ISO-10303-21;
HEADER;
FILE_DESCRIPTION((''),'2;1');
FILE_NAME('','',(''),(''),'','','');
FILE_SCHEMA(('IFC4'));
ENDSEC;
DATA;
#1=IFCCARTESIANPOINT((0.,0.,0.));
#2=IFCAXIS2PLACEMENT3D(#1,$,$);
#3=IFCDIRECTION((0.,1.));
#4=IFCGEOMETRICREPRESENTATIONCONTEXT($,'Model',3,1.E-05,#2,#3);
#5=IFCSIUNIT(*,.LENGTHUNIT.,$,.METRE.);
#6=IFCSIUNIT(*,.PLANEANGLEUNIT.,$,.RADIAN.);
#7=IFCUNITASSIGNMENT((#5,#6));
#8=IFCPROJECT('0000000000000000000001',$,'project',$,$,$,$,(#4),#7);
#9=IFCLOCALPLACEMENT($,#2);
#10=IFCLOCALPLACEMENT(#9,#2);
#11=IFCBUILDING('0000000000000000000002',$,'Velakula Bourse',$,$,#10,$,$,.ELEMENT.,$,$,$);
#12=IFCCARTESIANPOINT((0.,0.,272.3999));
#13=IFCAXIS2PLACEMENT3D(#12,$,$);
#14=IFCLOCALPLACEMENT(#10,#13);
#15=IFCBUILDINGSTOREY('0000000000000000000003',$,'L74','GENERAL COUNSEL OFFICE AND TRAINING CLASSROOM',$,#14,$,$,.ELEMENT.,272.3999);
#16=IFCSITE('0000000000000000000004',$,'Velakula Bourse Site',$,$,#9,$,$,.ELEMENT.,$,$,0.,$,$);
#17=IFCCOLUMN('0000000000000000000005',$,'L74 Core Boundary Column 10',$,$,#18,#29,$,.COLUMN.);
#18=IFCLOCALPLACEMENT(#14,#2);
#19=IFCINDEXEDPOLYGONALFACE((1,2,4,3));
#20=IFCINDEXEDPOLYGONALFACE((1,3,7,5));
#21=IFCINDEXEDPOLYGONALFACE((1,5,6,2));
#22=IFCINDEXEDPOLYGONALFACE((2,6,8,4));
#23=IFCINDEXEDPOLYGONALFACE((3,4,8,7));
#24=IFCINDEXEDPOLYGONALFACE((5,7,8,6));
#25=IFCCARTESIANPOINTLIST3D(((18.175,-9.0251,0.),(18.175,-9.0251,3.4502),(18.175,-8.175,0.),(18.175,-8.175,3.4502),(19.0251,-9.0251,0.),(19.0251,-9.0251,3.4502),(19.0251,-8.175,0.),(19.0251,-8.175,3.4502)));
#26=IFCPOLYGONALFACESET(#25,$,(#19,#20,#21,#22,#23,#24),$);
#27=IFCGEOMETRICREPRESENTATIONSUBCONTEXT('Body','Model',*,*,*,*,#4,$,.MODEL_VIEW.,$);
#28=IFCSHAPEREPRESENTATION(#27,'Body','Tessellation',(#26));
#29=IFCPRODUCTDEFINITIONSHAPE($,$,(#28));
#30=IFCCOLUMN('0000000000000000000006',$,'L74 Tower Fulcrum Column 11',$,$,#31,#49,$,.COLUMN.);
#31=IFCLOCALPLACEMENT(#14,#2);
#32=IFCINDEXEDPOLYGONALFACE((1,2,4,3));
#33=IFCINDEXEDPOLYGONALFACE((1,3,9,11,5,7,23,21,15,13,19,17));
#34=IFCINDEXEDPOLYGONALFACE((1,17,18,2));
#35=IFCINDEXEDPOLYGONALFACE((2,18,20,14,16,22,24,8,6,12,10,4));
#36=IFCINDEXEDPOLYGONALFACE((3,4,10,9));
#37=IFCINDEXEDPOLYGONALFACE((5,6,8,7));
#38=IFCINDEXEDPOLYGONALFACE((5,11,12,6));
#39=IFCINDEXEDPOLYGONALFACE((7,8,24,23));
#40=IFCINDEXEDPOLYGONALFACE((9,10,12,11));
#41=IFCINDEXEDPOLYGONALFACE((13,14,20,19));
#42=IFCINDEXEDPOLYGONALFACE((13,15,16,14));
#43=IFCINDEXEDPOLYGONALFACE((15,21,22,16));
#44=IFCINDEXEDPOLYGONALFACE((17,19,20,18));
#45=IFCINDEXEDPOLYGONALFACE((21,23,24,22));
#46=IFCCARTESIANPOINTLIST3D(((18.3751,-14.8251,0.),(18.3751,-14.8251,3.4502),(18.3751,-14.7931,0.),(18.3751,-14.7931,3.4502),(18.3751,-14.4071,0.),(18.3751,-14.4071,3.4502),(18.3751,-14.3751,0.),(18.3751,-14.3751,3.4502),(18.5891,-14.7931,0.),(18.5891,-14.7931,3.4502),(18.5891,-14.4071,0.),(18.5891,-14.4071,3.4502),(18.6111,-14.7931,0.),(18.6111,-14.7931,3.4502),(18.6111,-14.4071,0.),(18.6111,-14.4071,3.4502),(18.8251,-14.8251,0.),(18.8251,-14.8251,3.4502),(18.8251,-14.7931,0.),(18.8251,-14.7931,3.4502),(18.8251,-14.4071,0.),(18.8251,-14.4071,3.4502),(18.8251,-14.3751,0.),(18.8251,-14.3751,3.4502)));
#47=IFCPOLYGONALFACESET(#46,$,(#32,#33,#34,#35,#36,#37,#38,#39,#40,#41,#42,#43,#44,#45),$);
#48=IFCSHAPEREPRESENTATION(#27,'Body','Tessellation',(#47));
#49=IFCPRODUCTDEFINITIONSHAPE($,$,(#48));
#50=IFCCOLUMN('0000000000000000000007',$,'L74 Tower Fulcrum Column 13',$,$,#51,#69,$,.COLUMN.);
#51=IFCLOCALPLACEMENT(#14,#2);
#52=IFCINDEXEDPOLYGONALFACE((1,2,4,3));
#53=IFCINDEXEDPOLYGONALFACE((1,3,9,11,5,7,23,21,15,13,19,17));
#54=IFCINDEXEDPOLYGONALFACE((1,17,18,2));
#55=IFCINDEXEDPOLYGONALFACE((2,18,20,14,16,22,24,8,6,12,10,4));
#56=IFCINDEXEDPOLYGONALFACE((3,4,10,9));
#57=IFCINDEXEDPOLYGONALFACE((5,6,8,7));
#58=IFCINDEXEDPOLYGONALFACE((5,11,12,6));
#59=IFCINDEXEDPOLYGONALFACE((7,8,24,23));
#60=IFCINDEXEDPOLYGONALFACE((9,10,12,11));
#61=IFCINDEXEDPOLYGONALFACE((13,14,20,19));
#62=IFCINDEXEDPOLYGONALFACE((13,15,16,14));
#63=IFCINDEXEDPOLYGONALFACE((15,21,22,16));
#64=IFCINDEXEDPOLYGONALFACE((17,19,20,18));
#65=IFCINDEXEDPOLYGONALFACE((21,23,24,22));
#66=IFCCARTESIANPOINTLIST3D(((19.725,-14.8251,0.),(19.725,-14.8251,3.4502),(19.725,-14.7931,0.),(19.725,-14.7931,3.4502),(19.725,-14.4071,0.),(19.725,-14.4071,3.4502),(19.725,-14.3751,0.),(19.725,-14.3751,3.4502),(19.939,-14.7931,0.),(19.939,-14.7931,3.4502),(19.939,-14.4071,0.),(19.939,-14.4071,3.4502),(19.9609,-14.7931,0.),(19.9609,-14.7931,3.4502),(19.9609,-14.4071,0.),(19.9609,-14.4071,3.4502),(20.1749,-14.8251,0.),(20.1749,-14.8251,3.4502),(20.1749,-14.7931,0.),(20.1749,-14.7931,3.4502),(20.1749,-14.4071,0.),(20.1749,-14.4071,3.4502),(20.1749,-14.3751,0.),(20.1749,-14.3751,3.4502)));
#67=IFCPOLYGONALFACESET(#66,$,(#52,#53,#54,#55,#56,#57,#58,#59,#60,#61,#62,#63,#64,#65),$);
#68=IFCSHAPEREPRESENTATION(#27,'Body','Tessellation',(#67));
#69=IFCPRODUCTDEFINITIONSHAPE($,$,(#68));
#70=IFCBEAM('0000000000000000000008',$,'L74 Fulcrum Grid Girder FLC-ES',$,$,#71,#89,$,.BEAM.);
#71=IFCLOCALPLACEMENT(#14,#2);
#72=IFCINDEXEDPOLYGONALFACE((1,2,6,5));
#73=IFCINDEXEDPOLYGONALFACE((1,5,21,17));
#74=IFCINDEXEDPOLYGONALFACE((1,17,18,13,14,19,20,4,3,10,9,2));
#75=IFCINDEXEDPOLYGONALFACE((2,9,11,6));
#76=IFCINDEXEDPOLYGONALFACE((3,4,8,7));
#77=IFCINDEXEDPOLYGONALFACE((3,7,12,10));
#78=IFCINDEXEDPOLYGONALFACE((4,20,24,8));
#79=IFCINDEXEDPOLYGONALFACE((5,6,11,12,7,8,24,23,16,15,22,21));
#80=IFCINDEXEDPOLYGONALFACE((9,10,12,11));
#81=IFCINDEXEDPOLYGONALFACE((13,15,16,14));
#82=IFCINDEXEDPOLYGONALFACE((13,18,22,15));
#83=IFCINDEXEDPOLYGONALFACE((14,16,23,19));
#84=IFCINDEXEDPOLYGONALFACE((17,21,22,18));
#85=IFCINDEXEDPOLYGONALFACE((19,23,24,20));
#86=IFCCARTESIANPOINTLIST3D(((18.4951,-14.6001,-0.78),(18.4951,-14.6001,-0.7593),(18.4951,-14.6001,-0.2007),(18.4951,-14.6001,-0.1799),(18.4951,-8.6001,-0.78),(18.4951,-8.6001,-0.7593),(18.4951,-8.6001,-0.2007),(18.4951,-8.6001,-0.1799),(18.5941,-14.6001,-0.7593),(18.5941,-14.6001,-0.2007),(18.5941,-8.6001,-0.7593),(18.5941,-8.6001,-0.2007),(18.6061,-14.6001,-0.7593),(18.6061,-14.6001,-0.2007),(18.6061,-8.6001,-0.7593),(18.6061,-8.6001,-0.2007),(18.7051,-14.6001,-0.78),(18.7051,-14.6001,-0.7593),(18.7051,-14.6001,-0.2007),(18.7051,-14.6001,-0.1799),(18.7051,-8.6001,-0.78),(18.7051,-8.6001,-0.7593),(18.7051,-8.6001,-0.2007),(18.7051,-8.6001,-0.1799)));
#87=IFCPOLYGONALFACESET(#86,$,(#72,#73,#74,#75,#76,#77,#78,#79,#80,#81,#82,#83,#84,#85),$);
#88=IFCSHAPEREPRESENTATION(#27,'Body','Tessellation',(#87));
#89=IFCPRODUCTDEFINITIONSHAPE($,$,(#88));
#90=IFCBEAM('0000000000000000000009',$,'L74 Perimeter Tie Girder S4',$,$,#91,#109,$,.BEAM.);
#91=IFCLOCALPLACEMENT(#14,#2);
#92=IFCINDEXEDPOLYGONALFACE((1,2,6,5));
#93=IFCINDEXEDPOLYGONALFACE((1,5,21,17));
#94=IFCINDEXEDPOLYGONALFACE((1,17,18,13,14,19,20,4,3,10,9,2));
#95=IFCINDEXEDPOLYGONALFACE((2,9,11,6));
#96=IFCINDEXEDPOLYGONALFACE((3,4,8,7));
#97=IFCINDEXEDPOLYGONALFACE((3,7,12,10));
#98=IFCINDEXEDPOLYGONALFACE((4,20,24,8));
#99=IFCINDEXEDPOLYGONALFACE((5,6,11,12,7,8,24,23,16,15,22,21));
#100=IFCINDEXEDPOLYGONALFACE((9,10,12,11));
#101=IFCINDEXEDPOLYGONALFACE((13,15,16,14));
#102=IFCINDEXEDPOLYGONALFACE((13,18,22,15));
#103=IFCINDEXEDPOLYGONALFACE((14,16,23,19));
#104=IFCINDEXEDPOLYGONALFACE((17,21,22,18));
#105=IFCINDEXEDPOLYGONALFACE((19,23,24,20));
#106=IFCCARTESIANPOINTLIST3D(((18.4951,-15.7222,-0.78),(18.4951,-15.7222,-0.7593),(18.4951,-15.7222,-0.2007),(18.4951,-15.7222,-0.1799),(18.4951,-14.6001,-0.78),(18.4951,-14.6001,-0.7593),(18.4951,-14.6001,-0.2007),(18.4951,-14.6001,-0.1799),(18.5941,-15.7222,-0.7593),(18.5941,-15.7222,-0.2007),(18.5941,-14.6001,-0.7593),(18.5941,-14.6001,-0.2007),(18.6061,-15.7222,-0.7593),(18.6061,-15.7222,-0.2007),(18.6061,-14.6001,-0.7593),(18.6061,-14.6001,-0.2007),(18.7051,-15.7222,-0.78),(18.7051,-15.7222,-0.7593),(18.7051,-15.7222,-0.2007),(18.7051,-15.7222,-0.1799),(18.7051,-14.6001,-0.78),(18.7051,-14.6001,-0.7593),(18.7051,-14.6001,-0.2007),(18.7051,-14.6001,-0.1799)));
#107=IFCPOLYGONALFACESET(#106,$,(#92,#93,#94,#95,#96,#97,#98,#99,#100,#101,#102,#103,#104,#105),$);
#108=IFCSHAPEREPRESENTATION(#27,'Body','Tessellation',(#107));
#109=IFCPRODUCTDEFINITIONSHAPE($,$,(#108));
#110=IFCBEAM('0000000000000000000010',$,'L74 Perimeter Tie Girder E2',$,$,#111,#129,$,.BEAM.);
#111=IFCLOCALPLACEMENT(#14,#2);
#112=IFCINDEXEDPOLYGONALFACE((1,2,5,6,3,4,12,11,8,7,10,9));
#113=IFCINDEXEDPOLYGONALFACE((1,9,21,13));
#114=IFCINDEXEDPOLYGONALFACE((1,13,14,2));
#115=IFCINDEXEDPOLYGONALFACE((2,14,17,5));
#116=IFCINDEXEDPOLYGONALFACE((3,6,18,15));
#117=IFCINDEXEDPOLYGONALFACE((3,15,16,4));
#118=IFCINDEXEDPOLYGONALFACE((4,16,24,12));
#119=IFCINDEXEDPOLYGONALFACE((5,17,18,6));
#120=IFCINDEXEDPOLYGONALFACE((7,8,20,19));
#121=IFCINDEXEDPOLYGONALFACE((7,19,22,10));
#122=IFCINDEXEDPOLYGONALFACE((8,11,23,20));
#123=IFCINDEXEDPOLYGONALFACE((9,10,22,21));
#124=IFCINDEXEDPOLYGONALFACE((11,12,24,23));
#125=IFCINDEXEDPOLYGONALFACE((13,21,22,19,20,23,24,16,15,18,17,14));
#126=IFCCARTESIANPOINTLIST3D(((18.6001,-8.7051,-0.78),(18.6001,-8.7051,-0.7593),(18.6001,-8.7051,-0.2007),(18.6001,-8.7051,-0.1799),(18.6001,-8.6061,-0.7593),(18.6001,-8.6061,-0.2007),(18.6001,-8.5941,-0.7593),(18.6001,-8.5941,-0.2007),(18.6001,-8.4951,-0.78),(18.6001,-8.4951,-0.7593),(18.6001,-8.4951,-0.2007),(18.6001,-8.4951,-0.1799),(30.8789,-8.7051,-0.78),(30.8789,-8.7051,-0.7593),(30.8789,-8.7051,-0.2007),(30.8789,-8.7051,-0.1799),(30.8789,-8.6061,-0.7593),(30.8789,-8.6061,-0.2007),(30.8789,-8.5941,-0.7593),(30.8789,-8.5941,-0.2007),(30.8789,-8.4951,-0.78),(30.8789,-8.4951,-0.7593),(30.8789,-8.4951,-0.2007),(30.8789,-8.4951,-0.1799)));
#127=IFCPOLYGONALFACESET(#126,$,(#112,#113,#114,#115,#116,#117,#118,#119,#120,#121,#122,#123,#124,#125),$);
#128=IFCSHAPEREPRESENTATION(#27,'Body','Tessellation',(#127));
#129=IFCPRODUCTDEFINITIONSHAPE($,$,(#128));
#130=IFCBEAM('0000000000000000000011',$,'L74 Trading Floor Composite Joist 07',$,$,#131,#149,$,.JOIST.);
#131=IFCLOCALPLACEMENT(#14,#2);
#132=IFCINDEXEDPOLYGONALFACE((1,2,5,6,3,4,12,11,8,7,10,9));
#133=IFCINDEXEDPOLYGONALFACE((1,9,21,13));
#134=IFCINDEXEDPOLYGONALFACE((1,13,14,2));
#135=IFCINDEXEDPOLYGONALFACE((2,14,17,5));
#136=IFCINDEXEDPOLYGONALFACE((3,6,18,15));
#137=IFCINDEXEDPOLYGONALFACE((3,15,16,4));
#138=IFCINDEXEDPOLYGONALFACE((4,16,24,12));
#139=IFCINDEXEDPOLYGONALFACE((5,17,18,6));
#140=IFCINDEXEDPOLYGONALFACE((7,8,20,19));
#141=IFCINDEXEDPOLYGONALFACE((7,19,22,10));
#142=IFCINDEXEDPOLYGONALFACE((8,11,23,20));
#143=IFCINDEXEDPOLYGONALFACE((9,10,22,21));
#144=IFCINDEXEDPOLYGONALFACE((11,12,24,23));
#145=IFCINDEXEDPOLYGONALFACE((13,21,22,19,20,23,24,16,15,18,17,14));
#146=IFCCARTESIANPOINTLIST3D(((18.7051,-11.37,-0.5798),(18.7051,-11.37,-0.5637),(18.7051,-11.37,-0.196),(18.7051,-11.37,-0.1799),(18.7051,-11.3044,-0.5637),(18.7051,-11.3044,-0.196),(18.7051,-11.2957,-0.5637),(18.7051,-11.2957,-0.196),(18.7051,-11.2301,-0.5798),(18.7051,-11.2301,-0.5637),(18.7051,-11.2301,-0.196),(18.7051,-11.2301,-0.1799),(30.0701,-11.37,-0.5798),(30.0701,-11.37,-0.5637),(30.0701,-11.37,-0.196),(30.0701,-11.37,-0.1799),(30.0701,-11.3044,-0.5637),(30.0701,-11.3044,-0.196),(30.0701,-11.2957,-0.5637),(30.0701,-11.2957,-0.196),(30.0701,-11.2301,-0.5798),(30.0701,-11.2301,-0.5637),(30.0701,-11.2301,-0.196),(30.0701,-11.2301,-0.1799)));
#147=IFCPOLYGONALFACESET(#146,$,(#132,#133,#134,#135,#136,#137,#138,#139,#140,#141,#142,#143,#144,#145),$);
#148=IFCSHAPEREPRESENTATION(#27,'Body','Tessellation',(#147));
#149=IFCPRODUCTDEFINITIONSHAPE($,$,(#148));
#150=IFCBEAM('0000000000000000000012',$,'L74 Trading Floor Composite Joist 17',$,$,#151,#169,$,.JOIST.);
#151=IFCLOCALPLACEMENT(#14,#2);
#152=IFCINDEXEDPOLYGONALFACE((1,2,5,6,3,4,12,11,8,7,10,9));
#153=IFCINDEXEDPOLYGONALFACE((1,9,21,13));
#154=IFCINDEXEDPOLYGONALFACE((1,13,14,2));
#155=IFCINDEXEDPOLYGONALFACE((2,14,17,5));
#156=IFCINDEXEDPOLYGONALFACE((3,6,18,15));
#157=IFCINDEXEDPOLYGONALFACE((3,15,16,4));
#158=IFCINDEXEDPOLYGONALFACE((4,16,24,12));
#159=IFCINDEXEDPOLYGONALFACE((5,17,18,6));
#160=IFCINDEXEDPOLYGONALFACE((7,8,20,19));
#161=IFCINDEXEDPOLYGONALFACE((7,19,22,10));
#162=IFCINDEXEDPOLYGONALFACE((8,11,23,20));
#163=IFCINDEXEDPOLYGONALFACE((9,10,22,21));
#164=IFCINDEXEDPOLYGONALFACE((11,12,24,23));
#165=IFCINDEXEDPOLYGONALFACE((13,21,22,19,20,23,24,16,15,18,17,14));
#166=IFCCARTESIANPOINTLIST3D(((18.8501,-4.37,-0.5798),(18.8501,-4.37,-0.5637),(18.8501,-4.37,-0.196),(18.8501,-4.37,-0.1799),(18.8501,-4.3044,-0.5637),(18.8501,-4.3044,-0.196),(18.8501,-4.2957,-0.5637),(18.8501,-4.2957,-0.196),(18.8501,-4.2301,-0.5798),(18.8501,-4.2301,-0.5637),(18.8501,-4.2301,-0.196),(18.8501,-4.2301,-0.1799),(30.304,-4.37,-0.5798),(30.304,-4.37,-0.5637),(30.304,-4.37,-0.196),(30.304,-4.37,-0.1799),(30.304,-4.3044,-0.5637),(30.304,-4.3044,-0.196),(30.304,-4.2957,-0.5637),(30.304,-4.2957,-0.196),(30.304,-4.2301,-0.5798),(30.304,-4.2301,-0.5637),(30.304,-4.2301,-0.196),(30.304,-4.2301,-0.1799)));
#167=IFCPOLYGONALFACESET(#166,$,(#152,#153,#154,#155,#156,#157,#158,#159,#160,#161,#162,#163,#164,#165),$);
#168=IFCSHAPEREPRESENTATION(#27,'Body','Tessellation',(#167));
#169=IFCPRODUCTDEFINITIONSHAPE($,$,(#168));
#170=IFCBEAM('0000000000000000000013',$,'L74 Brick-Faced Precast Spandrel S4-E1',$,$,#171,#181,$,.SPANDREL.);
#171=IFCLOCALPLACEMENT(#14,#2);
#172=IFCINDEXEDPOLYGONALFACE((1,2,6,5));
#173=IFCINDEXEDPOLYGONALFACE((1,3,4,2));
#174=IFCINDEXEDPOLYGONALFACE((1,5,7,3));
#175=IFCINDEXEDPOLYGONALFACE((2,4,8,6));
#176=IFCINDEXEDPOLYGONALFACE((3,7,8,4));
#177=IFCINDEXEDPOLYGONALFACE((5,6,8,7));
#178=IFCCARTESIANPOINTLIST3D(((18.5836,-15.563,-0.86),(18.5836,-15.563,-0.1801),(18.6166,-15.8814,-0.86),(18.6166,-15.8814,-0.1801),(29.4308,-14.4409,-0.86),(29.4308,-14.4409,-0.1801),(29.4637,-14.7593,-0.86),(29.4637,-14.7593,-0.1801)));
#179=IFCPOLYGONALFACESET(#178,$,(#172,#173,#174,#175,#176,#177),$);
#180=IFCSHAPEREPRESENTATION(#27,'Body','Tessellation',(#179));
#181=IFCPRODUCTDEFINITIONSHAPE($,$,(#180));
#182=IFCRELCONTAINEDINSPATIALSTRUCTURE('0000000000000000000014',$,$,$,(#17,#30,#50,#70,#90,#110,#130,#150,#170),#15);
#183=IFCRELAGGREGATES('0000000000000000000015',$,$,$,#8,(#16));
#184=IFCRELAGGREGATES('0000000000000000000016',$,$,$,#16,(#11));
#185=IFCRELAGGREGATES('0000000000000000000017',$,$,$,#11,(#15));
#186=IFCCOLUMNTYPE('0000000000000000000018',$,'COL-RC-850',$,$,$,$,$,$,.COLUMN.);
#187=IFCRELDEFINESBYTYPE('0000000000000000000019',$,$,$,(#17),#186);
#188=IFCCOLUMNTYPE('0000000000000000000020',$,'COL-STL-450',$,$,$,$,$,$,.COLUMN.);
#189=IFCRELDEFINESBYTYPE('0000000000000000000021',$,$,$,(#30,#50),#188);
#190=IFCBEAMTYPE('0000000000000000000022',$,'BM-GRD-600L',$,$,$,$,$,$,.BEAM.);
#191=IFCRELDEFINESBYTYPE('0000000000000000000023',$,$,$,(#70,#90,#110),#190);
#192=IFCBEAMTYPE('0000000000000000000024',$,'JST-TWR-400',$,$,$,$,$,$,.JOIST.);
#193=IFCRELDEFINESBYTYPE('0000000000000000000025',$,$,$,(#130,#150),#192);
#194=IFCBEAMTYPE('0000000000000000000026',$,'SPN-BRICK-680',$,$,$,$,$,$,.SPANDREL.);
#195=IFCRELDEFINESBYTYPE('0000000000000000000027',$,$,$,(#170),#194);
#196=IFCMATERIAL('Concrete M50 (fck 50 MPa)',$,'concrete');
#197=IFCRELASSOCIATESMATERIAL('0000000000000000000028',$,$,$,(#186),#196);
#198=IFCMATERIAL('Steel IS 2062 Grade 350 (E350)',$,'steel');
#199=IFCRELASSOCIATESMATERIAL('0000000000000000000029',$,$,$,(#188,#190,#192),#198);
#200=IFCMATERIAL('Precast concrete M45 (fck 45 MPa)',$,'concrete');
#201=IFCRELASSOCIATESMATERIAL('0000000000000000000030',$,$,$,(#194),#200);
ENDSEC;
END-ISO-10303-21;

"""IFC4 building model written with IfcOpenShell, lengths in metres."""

from ifc_helpers import new_model, si_unit, direction, frame, origin, origin_2d, place, context, subcontext, project, spatial, rectangle, i_section, extrude, material, material_profile, profile_set, type_object, element, save


model = new_model("IFC4")

# Units and contexts
model_context = context("Model", 3, precision=1e-05, world=origin(), true_north=direction((0.0, 1.0)))
body_context = subcontext(model_context, "Body", "Model", "MODEL_VIEW")
ifc_project = project(units=[si_unit("LENGTHUNIT", "METRE"), si_unit("PLANEANGLEUNIT", "RADIAN")], contexts=[model_context])

# Site, building, storey
site_placement = place(None, origin())
site = spatial("IfcSite", under=ifc_project, at=site_placement, Name="Velakula Bourse Site", CompositionType="ELEMENT", RefElevation=0.0)
building_placement = place(site_placement, origin())
building = spatial("IfcBuilding", under=site, at=building_placement, Name="Velakula Bourse", CompositionType="ELEMENT")
storey_placement = place(building_placement, frame((0.0, 0.0, 272.3999)))
storey = spatial("IfcBuildingStorey", under=building, at=storey_placement, Name="L74", Description="GENERAL COUNSEL OFFICE AND TRAINING CLASSROOM", CompositionType="ELEMENT", Elevation=272.3999)

# Columns
ifc_material_1 = material(Name="Concrete M50 (fck 50 MPa)", Category="concrete")
ifc_material_profile_1 = material_profile(ifc_material_1, rectangle(XDim=0.8501, YDim=0.8501, at=origin_2d()), Name="Concrete M50 (fck 50 MPa)")
ifc_profile_set_1 = profile_set([ifc_material_profile_1], Name="Concrete M50 (fck 50 MPa)")
column_type_1 = type_object("IfcColumnType", Name="COL-RC-850", PredefinedType="COLUMN", material=ifc_profile_set_1)
column_placement = place(storey_placement, frame((18.6001, -8.6001, 0.0), z_axis=(0.0, 0.0, 1.0), x_axis=(1.0, 0.0, 0.0)))
element("IfcColumn", 1, at=column_placement, inside=storey, type_object=column_type_1, Name="L74 Core Boundary Column 10", PredefinedType="COLUMN", context=body_context, shape_type="SweptSolid", body=[
    extrude(rectangle(XDim=0.8501, YDim=0.8501, at=origin_2d()), origin(), (0.0, 0.0, 1.0), 3.4502),
])
ifc_material_2 = material(Name="Steel IS 2062 Grade 350 (E350)", Category="steel")
ifc_material_profile_2 = material_profile(ifc_material_2, i_section(OverallWidth=0.45, OverallDepth=0.45, WebThickness=0.022, FlangeThickness=0.032, at=origin_2d()), Name="Steel IS 2062 Grade 350 (E350)")
ifc_profile_set_2 = profile_set([ifc_material_profile_2], Name="Steel IS 2062 Grade 350 (E350)")
column_type_2 = type_object("IfcColumnType", Name="COL-STL-450", PredefinedType="COLUMN", material=ifc_profile_set_2)
for number, where, z_axis, x_axis, name in (
    (2, (18.6001, -14.6001, 0.0), (0.0, 0.0, 1.0), (1.0, 0.0, 0.0), "L74 Tower Fulcrum Column 11"),
    (3, (19.95, -14.6001, 0.0), (0.0, 0.0, 1.0), (1.0, 0.0, 0.0), "L74 Tower Fulcrum Column 13"),
):
    element("IfcColumn", number, at=place(storey_placement, frame(where, z_axis=z_axis, x_axis=x_axis)), inside=storey, type_object=column_type_2, Name=name, PredefinedType="COLUMN", context=body_context, shape_type="SweptSolid", body=[
        extrude(i_section(OverallWidth=0.45, OverallDepth=0.45, WebThickness=0.022, FlangeThickness=0.032, at=origin_2d()), origin(), (0.0, 0.0, 1.0), 3.4502),
    ])

# Beams
ifc_material_profile_3 = material_profile(ifc_material_2, i_section(OverallWidth=0.21, OverallDepth=0.6001, WebThickness=0.012, FlangeThickness=0.0208, at=origin_2d()), Name="Steel IS 2062 Grade 350 (E350)")
ifc_profile_set_3 = profile_set([ifc_material_profile_3], Name="Steel IS 2062 Grade 350 (E350)")
beam_type_1 = type_object("IfcBeamType", Name="BM-GRD-600L", PredefinedType="BEAM", material=ifc_profile_set_3)
beam_1_placement = place(storey_placement, frame((18.6001, -14.6001, -0.48), z_axis=(0.0, 1.0, 0.0), x_axis=(-1.0, 0.0, 0.0)))
element("IfcBeam", 4, at=beam_1_placement, inside=storey, type_object=beam_type_1, Name="L74 Fulcrum Grid Girder FLC-ES", PredefinedType="BEAM", context=body_context, shape_type="SweptSolid", body=[
    extrude(i_section(OverallWidth=0.21, OverallDepth=0.6001, WebThickness=0.012, FlangeThickness=0.0208, at=origin_2d()), origin(), (0.0, 0.0, 1.0), 6.0),
])
beam_2_placement = place(storey_placement, frame((18.6001, -14.6001, -0.48), z_axis=(0.0, -1.0, 0.0), x_axis=(1.0, 0.0, 0.0)))
element("IfcBeam", 5, at=beam_2_placement, inside=storey, type_object=beam_type_1, Name="L74 Perimeter Tie Girder S4", PredefinedType="BEAM", context=body_context, shape_type="SweptSolid", body=[
    extrude(i_section(OverallWidth=0.21, OverallDepth=0.6001, WebThickness=0.012, FlangeThickness=0.0208, at=origin_2d()), origin(), (0.0, 0.0, 1.0), 1.1221),
])
beam_3_placement = place(storey_placement, frame((18.6001, -8.6001, -0.48), z_axis=(1.0, 0.0, 0.0), x_axis=(0.0, 1.0, 0.0)))
element("IfcBeam", 6, at=beam_3_placement, inside=storey, type_object=beam_type_1, Name="L74 Perimeter Tie Girder E2", PredefinedType="BEAM", context=body_context, shape_type="SweptSolid", body=[
    extrude(i_section(OverallWidth=0.21, OverallDepth=0.6001, WebThickness=0.012, FlangeThickness=0.0208, at=origin_2d()), origin(), (0.0, 0.0, 1.0), 12.2788),
])
ifc_material_profile_4 = material_profile(ifc_material_2, i_section(OverallWidth=0.1399, OverallDepth=0.3999, WebThickness=0.0088, FlangeThickness=0.0161, at=origin_2d()), Name="Steel IS 2062 Grade 350 (E350)")
ifc_profile_set_4 = profile_set([ifc_material_profile_4], Name="Steel IS 2062 Grade 350 (E350)")
beam_type_2 = type_object("IfcBeamType", Name="JST-TWR-400", PredefinedType="JOIST", material=ifc_profile_set_4)
beam_4_placement = place(storey_placement, frame((18.7051, -11.3, -0.3799), z_axis=(1.0, 0.0, 0.0), x_axis=(0.0, 1.0, 0.0)))
element("IfcBeam", 7, at=beam_4_placement, inside=storey, type_object=beam_type_2, Name="L74 Trading Floor Composite Joist 07", PredefinedType="JOIST", context=body_context, shape_type="SweptSolid", body=[
    extrude(i_section(OverallWidth=0.1399, OverallDepth=0.3999, WebThickness=0.0088, FlangeThickness=0.0161, at=origin_2d()), origin(), (0.0, 0.0, 1.0), 11.365),
])
beam_5_placement = place(storey_placement, frame((18.8501, -4.3, -0.3799), z_axis=(1.0, 0.0, 0.0), x_axis=(0.0, 1.0, 0.0)))
element("IfcBeam", 8, at=beam_5_placement, inside=storey, type_object=beam_type_2, Name="L74 Trading Floor Composite Joist 17", PredefinedType="JOIST", context=body_context, shape_type="SweptSolid", body=[
    extrude(i_section(OverallWidth=0.1399, OverallDepth=0.3999, WebThickness=0.0088, FlangeThickness=0.0161, at=origin_2d()), origin(), (0.0, 0.0, 1.0), 11.4539),
])
ifc_material_3 = material(Name="Precast concrete M45 (fck 45 MPa)", Category="concrete")
ifc_material_profile_5 = material_profile(ifc_material_3, rectangle(XDim=0.3201, YDim=0.6799, at=origin_2d()), Name="Precast concrete M45 (fck 45 MPa)")
ifc_profile_set_5 = profile_set([ifc_material_profile_5], Name="Precast concrete M45 (fck 45 MPa)")
beam_type_3 = type_object("IfcBeamType", Name="SPN-BRICK-680", PredefinedType="SPANDREL", material=ifc_profile_set_5)
beam_6_placement = place(storey_placement, frame((18.6001, -15.7222, -0.52), z_axis=(0.994692, 0.102895, 0.0), x_axis=(-0.102895, 0.994692, 0.0)))
element("IfcBeam", 9, at=beam_6_placement, inside=storey, type_object=beam_type_3, Name="L74 Brick-Faced Precast Spandrel S4-E1", PredefinedType="SPANDREL", context=body_context, shape_type="SweptSolid", body=[
    extrude(rectangle(XDim=0.3201, YDim=0.6799, at=origin_2d()), origin(), (0.0, 0.0, 1.0), 10.905),
])

save(model, "model.ifc")
